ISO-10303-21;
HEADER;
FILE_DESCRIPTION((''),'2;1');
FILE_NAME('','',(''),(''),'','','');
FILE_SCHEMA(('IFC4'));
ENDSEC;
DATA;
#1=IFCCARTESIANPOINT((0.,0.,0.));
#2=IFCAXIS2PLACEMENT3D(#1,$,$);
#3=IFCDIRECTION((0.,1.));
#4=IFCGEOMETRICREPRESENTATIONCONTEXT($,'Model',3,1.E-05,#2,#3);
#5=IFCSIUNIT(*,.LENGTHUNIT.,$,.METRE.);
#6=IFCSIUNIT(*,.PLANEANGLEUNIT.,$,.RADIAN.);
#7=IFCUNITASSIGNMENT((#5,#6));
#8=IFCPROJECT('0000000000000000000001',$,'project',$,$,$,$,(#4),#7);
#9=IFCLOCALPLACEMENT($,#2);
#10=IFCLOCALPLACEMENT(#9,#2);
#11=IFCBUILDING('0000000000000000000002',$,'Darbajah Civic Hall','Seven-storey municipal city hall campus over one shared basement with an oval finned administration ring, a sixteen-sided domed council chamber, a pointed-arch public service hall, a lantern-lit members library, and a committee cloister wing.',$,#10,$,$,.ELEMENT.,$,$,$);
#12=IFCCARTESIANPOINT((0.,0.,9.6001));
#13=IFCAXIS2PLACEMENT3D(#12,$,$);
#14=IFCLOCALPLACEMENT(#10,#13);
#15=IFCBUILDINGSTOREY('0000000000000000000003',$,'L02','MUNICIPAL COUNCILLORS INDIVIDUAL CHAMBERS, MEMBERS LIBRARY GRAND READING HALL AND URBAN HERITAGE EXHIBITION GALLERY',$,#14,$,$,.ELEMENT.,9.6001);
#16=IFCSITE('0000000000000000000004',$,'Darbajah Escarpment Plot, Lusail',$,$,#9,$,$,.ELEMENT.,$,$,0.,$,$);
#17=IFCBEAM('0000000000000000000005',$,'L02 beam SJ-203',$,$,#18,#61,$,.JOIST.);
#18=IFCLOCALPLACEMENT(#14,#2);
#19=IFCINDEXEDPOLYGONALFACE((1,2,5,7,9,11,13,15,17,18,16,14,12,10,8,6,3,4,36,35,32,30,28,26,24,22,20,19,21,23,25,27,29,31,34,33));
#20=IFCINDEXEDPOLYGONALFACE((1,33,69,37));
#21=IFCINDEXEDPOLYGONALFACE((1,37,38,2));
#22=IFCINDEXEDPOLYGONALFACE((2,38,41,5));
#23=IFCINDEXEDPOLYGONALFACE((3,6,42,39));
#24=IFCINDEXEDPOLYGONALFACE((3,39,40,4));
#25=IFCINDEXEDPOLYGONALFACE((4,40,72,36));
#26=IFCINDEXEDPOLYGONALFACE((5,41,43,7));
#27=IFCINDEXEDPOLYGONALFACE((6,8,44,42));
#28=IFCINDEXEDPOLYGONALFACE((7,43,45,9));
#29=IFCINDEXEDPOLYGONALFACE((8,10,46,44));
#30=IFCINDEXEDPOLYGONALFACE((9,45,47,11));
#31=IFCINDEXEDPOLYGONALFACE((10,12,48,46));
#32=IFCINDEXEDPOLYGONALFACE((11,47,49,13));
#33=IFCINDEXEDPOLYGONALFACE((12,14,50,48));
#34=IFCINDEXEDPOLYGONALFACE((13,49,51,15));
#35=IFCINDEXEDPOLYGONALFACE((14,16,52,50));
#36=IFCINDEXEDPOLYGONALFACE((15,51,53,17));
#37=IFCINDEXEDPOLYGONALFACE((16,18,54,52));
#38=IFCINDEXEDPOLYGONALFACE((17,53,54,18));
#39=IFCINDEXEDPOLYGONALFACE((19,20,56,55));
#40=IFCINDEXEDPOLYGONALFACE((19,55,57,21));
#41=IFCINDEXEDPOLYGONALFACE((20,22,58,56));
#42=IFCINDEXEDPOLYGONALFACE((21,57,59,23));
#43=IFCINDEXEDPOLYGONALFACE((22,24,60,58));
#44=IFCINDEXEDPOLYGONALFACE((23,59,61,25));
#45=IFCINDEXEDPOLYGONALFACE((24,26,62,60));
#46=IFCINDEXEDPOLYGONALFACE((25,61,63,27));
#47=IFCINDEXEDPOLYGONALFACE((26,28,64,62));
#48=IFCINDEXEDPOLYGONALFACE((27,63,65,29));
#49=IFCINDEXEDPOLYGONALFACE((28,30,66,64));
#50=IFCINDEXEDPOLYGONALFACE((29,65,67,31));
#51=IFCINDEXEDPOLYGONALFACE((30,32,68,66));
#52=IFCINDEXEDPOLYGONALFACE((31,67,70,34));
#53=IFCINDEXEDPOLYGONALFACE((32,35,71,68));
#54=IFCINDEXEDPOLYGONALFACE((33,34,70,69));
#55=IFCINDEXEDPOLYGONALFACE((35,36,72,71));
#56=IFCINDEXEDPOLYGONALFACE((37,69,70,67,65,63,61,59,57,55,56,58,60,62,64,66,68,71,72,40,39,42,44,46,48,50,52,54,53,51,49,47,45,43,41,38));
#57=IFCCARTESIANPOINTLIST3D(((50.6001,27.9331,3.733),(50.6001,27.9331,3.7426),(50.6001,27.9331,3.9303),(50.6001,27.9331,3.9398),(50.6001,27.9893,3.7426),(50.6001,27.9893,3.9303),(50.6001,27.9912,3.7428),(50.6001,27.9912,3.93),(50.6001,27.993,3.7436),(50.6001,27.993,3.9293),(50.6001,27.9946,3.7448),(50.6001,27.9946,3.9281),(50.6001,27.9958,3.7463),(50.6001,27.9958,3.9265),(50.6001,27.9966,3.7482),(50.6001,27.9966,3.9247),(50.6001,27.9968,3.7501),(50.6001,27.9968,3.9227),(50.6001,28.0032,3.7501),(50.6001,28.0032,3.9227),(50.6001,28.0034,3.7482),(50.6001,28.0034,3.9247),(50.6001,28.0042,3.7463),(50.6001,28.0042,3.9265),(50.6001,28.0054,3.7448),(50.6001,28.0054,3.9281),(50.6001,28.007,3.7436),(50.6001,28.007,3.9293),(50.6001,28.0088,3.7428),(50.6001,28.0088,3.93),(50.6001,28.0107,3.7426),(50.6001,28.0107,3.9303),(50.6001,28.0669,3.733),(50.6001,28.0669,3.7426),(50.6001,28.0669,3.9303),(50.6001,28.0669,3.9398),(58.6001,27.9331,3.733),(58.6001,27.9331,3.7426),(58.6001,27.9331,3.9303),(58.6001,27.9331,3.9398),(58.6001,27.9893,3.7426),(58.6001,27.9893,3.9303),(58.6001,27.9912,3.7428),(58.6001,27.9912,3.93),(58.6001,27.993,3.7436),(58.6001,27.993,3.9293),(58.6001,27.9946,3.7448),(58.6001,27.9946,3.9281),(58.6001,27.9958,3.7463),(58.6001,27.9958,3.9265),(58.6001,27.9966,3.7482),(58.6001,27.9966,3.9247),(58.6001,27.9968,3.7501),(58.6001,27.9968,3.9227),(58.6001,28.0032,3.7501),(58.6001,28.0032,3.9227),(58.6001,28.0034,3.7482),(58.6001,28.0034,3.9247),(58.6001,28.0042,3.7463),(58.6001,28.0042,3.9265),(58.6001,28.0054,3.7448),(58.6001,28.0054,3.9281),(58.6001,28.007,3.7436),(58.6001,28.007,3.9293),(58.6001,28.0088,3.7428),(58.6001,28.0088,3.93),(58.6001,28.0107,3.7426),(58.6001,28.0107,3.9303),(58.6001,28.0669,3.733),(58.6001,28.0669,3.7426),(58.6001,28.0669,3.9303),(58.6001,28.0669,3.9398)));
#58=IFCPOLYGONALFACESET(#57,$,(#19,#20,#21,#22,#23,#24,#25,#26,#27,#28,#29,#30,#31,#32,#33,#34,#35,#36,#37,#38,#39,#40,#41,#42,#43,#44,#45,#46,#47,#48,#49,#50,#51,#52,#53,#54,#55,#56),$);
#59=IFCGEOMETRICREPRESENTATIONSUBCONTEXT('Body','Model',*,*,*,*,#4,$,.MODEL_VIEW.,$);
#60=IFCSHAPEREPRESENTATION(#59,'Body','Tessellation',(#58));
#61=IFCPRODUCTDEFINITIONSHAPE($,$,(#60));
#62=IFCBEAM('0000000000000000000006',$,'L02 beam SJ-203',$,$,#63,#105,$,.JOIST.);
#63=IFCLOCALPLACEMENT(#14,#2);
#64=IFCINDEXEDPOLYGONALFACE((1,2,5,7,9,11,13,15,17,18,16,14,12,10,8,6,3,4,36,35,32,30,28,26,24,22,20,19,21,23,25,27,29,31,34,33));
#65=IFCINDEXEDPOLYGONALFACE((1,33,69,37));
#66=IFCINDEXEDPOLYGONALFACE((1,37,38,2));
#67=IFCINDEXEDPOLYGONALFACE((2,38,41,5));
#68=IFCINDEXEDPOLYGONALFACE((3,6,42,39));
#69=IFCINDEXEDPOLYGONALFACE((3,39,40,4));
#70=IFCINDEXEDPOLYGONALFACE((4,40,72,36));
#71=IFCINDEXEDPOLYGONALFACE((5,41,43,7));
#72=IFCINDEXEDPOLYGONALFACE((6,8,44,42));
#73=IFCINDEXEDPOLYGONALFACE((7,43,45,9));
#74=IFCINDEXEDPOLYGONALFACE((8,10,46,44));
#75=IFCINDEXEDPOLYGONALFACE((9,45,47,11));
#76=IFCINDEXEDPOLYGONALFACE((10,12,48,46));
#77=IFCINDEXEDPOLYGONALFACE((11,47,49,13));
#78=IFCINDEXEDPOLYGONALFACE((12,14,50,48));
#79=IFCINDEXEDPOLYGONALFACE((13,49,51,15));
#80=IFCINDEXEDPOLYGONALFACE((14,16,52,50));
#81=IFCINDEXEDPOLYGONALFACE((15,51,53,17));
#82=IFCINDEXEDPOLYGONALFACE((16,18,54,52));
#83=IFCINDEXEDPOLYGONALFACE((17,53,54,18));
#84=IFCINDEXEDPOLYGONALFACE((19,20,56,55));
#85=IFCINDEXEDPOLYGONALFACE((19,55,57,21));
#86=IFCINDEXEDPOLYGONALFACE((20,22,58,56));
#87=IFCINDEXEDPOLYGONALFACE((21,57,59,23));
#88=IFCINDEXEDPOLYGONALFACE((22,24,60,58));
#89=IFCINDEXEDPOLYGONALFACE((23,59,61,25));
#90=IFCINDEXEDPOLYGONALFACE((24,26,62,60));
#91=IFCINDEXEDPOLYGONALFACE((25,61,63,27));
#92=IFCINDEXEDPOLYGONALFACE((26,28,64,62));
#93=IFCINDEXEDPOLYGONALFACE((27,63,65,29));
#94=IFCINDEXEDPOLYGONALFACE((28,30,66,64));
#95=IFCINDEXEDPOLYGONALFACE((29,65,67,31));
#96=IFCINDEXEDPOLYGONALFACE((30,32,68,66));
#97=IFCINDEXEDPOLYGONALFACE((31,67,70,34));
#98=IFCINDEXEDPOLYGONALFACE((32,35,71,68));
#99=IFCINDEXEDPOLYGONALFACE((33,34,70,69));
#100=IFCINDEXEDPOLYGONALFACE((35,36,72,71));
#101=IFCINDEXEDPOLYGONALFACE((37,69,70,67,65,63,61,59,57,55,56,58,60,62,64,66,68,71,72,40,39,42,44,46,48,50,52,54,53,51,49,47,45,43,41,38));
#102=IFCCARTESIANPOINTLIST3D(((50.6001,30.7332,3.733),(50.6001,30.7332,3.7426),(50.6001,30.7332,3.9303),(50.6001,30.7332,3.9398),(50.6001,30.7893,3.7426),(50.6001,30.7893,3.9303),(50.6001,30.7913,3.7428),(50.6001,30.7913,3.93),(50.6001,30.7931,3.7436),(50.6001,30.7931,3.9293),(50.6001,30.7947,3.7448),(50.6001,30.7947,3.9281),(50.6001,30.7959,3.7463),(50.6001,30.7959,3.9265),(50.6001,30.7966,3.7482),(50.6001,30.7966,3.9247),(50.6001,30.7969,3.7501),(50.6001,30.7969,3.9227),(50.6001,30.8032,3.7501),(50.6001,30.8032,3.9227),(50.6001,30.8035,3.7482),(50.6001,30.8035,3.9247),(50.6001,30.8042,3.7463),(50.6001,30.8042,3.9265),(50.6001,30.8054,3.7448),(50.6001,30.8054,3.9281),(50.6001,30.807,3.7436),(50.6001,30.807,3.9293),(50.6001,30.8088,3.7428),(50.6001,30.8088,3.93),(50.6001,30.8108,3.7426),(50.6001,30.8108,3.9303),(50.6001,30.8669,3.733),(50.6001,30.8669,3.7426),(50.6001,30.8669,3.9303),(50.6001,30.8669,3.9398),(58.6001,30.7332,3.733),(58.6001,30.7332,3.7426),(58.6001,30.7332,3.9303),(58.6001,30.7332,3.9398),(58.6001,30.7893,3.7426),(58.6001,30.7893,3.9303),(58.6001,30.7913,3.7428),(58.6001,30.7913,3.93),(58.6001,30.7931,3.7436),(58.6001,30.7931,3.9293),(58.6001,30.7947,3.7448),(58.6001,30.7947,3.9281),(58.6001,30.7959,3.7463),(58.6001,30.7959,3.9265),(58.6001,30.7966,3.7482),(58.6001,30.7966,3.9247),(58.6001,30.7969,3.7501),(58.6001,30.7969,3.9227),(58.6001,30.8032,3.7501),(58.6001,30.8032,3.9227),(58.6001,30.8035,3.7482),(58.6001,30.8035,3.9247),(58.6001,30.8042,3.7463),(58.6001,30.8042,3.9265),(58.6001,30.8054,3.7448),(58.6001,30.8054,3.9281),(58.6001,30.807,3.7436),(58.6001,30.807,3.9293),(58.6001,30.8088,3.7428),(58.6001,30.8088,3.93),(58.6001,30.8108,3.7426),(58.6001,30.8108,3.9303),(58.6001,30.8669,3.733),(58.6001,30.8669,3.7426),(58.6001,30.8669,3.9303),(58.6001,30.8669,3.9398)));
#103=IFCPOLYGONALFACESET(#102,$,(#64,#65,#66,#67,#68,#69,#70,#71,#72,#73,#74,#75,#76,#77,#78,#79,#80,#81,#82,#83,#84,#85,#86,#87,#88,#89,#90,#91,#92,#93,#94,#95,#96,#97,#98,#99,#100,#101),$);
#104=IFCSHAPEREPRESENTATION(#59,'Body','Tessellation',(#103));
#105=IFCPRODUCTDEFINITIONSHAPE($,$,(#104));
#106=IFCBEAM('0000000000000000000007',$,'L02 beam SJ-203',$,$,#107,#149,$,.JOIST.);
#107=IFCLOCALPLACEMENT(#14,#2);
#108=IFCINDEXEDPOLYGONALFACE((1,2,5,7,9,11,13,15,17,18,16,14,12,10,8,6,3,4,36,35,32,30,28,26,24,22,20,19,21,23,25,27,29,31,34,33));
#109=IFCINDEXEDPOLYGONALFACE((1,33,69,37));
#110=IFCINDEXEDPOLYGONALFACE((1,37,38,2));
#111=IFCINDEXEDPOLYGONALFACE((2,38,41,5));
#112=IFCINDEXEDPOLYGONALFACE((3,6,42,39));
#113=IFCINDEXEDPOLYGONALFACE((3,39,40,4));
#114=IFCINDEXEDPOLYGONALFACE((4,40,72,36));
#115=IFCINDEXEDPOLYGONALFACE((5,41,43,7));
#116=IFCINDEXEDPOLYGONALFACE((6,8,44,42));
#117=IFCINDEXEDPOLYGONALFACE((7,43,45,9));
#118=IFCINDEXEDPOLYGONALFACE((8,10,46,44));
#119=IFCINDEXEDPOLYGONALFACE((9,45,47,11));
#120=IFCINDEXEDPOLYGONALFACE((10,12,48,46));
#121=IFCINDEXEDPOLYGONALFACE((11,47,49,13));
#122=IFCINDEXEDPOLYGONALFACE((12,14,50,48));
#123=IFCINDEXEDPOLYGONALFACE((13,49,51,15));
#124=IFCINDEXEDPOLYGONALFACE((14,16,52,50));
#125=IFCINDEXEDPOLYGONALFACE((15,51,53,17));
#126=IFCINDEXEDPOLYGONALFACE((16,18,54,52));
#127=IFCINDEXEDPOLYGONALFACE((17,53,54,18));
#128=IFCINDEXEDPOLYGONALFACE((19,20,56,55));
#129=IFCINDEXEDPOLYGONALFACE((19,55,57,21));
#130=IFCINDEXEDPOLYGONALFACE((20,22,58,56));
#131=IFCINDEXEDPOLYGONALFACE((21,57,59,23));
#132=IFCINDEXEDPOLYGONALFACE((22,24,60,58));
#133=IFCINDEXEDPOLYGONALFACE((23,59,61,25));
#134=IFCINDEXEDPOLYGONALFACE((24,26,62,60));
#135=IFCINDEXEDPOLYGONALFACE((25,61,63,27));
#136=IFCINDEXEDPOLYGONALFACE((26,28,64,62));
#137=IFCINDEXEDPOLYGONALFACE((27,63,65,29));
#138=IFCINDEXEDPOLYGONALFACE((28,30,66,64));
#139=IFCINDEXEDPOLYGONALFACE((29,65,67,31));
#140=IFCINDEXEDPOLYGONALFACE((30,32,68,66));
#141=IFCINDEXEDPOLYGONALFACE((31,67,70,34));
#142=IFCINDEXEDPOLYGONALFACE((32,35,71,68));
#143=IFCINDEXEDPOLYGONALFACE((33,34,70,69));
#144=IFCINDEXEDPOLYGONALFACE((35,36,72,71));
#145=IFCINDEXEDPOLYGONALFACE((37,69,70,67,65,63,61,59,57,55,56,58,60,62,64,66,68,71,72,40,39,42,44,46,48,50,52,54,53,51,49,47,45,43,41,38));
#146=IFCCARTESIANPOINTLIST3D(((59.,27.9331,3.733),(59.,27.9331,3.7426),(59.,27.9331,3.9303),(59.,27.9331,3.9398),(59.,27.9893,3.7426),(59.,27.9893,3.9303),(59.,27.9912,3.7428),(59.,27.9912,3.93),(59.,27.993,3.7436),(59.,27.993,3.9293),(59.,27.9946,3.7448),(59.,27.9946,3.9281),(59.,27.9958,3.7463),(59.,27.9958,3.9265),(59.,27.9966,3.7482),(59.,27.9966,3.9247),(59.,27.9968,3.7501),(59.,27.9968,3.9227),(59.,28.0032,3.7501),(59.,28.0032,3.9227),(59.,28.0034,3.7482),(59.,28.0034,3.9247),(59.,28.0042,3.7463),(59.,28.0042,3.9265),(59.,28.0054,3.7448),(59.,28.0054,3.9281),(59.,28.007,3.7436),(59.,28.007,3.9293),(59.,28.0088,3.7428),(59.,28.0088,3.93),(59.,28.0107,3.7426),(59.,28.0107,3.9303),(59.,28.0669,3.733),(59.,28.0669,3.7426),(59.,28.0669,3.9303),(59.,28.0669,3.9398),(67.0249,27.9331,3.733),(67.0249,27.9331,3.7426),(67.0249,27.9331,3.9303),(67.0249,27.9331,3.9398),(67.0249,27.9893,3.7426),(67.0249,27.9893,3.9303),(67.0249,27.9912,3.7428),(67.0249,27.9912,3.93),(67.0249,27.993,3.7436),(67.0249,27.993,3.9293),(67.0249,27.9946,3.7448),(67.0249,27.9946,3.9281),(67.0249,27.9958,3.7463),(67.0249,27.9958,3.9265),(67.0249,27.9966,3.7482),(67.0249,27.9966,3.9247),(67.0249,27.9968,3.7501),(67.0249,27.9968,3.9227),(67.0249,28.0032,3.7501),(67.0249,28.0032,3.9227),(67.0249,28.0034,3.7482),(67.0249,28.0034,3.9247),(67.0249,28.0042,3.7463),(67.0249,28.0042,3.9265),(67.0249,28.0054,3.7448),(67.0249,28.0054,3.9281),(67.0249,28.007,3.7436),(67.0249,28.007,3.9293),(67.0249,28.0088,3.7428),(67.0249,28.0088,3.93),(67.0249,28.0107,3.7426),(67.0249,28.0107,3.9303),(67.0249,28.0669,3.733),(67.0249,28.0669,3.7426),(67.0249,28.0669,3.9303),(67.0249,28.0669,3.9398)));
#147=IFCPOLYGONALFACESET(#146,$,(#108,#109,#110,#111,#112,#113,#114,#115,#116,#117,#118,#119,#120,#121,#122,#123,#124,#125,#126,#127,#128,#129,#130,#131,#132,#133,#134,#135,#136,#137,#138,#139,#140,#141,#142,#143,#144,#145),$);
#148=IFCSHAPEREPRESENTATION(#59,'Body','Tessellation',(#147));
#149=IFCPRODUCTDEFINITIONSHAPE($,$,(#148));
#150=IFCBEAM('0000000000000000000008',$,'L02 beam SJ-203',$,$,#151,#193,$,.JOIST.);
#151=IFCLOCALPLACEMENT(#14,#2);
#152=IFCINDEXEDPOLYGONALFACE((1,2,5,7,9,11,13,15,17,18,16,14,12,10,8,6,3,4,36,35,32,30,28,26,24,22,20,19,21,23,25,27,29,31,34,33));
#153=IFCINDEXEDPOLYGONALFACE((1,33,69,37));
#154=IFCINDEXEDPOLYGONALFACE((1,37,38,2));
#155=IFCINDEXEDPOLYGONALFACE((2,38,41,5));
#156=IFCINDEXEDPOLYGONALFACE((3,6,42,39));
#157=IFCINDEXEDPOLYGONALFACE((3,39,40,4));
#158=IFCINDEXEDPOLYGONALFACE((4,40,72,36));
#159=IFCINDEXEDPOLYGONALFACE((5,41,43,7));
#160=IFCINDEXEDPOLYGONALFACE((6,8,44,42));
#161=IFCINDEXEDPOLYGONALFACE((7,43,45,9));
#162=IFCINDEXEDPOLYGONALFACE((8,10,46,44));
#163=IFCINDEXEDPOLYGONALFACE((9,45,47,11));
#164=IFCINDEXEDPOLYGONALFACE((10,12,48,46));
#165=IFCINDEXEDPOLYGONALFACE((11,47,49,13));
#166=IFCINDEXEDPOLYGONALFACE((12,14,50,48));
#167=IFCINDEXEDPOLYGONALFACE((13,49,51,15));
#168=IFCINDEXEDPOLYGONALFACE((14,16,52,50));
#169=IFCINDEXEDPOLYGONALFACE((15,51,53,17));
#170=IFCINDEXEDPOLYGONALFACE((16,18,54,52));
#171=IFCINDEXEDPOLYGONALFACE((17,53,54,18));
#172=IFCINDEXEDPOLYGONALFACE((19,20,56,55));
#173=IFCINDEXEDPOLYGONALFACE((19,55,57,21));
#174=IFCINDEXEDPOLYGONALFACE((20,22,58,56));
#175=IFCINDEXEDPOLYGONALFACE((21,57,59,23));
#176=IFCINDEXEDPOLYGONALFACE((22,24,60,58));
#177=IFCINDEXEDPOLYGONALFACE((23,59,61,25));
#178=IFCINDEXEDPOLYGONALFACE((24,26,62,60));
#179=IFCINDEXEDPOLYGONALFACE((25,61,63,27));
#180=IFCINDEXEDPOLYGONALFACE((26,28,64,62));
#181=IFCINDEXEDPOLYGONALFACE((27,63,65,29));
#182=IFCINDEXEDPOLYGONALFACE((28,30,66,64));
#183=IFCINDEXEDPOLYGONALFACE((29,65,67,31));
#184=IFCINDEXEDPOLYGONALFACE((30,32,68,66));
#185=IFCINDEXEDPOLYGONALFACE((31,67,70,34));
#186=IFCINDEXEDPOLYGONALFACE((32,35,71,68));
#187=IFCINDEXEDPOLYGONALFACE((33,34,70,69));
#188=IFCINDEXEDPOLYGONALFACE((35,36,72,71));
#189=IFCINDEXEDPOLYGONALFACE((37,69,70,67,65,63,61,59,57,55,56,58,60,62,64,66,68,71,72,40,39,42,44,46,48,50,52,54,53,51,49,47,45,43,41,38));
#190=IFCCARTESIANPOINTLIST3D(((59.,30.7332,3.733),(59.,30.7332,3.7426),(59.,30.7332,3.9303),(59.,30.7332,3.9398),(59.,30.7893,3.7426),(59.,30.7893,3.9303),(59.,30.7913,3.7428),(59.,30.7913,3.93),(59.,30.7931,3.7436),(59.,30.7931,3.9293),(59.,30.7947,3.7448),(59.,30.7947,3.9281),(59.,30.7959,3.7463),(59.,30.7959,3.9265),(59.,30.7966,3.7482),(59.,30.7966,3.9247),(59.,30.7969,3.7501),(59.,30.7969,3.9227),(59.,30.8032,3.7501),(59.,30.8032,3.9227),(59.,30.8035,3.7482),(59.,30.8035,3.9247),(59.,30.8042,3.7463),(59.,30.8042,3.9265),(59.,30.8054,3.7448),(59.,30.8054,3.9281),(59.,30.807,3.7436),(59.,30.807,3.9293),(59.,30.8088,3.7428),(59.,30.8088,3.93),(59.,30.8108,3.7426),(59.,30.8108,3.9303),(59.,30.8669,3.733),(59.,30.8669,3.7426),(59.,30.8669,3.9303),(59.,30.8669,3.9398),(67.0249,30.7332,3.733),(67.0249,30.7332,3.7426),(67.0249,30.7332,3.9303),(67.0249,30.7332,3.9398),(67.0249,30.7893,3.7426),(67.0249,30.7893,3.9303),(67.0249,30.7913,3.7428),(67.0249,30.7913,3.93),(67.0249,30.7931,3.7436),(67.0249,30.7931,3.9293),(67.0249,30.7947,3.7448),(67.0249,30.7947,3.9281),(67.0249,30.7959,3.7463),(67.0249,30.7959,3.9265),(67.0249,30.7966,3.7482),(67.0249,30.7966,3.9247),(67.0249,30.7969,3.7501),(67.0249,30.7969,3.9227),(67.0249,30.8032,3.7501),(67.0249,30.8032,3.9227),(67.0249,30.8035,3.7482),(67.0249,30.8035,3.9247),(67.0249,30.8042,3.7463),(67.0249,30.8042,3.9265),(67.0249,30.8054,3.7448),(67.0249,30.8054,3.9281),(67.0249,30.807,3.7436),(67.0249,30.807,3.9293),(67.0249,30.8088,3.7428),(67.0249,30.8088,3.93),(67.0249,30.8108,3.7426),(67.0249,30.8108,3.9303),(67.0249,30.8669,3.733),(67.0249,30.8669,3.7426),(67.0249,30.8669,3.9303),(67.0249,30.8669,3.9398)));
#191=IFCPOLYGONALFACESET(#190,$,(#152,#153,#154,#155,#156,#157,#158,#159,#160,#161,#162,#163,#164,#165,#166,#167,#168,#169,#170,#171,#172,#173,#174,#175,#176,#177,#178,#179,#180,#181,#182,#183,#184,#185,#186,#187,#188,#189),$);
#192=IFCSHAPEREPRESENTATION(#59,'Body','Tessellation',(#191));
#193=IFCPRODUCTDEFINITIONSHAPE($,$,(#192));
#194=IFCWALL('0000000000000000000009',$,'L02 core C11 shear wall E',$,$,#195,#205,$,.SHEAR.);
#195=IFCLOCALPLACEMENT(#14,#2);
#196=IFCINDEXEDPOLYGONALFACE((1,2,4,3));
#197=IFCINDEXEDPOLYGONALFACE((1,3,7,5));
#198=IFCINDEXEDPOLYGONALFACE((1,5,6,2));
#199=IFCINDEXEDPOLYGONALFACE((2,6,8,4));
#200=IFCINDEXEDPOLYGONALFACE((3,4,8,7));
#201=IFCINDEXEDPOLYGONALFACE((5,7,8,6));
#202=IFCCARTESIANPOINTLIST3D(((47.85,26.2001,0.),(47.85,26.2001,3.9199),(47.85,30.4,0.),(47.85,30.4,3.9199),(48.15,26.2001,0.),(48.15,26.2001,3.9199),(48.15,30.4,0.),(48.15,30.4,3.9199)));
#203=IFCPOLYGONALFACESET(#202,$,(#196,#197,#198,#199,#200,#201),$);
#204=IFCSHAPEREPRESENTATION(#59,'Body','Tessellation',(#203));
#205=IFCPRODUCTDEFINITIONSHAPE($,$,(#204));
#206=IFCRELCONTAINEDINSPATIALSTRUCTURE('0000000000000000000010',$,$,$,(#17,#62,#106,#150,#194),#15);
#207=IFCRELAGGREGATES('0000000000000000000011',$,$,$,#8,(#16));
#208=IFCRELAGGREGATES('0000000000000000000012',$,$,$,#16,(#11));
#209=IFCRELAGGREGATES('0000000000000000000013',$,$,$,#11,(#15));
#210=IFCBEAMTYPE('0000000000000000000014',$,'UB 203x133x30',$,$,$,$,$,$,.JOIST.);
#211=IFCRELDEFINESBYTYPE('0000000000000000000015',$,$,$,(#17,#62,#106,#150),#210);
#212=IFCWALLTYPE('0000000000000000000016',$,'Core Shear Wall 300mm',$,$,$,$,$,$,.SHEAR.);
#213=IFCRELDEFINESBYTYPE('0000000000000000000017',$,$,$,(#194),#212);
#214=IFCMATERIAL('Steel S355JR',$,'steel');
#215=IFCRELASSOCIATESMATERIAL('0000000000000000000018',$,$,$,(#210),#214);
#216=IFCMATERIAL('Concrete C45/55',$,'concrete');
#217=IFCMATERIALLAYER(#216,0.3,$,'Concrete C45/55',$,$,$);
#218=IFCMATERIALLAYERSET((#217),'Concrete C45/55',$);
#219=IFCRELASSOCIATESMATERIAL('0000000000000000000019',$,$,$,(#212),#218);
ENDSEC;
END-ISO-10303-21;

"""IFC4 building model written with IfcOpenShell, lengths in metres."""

from ifc_helpers import new_model, si_unit, direction, frame, frame_2d, origin, origin_2d, place, context, subcontext, project, spatial, rectangle, i_section, extrude, material, layer, layer_set, material_profile, profile_set, type_object, element, save


model = new_model("IFC4")

# Units and contexts
model_context = context("Model", 3, precision=1e-05, world=origin(), true_north=direction((0.0, 1.0)))
body_context = subcontext(model_context, "Body", "Model", "MODEL_VIEW")
ifc_project = project(units=[si_unit("LENGTHUNIT", "METRE"), si_unit("PLANEANGLEUNIT", "RADIAN")], contexts=[model_context])

# Site, building, storey
site_placement = place(None, origin())
site = spatial("IfcSite", under=ifc_project, at=site_placement, Name="Darbajah Escarpment Plot, Lusail", CompositionType="ELEMENT", RefElevation=0.0)
building_placement = place(site_placement, origin())
building = spatial("IfcBuilding", under=site, at=building_placement, Name="Darbajah Civic Hall", Description="Seven-storey municipal city hall campus over one shared basement with an oval finned administration ring, a sixteen-sided domed council chamber, a pointed-arch public service hall, a lantern-lit members library, and a committee cloister wing.", CompositionType="ELEMENT")
storey_placement = place(building_placement, frame((0.0, 0.0, 9.6001)))
storey = spatial("IfcBuildingStorey", under=building, at=storey_placement, Name="L02", Description="MUNICIPAL COUNCILLORS INDIVIDUAL CHAMBERS, MEMBERS LIBRARY GRAND READING HALL AND URBAN HERITAGE EXHIBITION GALLERY", CompositionType="ELEMENT", Elevation=9.6001)

# Shared definitions
ifc_material_1 = material(Name="Concrete C45/55", Category="concrete")

# Beams
ifc_material_2 = material(Name="Steel S355JR", Category="steel")
ifc_material_profile_1 = material_profile(ifc_material_2, i_section(OverallWidth=0.1338, OverallDepth=0.2068, WebThickness=0.0063, FlangeThickness=0.0095, FilletRadius=0.0076, at=origin_2d()), Name="UB 203x133x30")
ifc_profile_set_1 = profile_set([ifc_material_profile_1], Name="Steel S355JR")
beam_type_1 = type_object("IfcBeamType", Name="UB 203x133x30", PredefinedType="JOIST", material=ifc_profile_set_1)
for number, where, z_axis, x_axis, name in (
    (1, (50.6001, 28.0, 3.8364), (1.0, 0.0, 0.0), (0.0, 1.0, 0.0), "L02 beam SJ-203"),
    (2, (50.6001, 30.8, 3.8364), (1.0, 0.0, 0.0), (0.0, 1.0, 0.0), "L02 beam SJ-203"),
):
    element("IfcBeam", number, at=place(storey_placement, frame(where, z_axis=z_axis, x_axis=x_axis)), inside=storey, type_object=beam_type_1, Name=name, PredefinedType="JOIST", context=body_context, shape_type="SweptSolid", body=[
        extrude(i_section(OverallWidth=0.1338, OverallDepth=0.2068, WebThickness=0.0063, FlangeThickness=0.0095, FilletRadius=0.0076, at=origin_2d()), origin(), (0.0, 0.0, 1.0), 8.0),
    ])
for number, where, z_axis, x_axis, name in (
    (3, (59.0, 28.0, 3.8364), (1.0, 0.0, 0.0), (0.0, 1.0, 0.0), "L02 beam SJ-203"),
    (4, (59.0, 30.8, 3.8364), (1.0, 0.0, 0.0), (0.0, 1.0, 0.0), "L02 beam SJ-203"),
):
    element("IfcBeam", number, at=place(storey_placement, frame(where, z_axis=z_axis, x_axis=x_axis)), inside=storey, type_object=beam_type_1, Name=name, PredefinedType="JOIST", context=body_context, shape_type="SweptSolid", body=[
        extrude(i_section(OverallWidth=0.1338, OverallDepth=0.2068, WebThickness=0.0063, FlangeThickness=0.0095, FilletRadius=0.0076, at=origin_2d()), origin(), (0.0, 0.0, 1.0), 8.0249),
    ])

# Wall
ifc_layer_1 = layer(ifc_material_1, 0.3, Name="Concrete C45/55")
ifc_layer_set_1 = layer_set([ifc_layer_1], Name="Concrete C45/55")
wall_type_1 = type_object("IfcWallType", Name="Core Shear Wall 300mm", PredefinedType="SHEAR", material=ifc_layer_set_1)
wall_1_placement = place(storey_placement, frame((48.0, 26.2, 0.0), z_axis=(0.0, 0.0, 1.0), x_axis=(0.0, 1.0, 0.0)))
element("IfcWall", 5, at=wall_1_placement, inside=storey, type_object=wall_type_1, Name="L02 core C11 shear wall E", PredefinedType="SHEAR", context=body_context, shape_type="SweptSolid", body=[
    extrude(rectangle(XDim=4.2, YDim=0.3, at=frame_2d((2.1001, 0.0))), origin(), (0.0, 0.0, 1.0), 3.9199),
])

save(model, "model.ifc")
